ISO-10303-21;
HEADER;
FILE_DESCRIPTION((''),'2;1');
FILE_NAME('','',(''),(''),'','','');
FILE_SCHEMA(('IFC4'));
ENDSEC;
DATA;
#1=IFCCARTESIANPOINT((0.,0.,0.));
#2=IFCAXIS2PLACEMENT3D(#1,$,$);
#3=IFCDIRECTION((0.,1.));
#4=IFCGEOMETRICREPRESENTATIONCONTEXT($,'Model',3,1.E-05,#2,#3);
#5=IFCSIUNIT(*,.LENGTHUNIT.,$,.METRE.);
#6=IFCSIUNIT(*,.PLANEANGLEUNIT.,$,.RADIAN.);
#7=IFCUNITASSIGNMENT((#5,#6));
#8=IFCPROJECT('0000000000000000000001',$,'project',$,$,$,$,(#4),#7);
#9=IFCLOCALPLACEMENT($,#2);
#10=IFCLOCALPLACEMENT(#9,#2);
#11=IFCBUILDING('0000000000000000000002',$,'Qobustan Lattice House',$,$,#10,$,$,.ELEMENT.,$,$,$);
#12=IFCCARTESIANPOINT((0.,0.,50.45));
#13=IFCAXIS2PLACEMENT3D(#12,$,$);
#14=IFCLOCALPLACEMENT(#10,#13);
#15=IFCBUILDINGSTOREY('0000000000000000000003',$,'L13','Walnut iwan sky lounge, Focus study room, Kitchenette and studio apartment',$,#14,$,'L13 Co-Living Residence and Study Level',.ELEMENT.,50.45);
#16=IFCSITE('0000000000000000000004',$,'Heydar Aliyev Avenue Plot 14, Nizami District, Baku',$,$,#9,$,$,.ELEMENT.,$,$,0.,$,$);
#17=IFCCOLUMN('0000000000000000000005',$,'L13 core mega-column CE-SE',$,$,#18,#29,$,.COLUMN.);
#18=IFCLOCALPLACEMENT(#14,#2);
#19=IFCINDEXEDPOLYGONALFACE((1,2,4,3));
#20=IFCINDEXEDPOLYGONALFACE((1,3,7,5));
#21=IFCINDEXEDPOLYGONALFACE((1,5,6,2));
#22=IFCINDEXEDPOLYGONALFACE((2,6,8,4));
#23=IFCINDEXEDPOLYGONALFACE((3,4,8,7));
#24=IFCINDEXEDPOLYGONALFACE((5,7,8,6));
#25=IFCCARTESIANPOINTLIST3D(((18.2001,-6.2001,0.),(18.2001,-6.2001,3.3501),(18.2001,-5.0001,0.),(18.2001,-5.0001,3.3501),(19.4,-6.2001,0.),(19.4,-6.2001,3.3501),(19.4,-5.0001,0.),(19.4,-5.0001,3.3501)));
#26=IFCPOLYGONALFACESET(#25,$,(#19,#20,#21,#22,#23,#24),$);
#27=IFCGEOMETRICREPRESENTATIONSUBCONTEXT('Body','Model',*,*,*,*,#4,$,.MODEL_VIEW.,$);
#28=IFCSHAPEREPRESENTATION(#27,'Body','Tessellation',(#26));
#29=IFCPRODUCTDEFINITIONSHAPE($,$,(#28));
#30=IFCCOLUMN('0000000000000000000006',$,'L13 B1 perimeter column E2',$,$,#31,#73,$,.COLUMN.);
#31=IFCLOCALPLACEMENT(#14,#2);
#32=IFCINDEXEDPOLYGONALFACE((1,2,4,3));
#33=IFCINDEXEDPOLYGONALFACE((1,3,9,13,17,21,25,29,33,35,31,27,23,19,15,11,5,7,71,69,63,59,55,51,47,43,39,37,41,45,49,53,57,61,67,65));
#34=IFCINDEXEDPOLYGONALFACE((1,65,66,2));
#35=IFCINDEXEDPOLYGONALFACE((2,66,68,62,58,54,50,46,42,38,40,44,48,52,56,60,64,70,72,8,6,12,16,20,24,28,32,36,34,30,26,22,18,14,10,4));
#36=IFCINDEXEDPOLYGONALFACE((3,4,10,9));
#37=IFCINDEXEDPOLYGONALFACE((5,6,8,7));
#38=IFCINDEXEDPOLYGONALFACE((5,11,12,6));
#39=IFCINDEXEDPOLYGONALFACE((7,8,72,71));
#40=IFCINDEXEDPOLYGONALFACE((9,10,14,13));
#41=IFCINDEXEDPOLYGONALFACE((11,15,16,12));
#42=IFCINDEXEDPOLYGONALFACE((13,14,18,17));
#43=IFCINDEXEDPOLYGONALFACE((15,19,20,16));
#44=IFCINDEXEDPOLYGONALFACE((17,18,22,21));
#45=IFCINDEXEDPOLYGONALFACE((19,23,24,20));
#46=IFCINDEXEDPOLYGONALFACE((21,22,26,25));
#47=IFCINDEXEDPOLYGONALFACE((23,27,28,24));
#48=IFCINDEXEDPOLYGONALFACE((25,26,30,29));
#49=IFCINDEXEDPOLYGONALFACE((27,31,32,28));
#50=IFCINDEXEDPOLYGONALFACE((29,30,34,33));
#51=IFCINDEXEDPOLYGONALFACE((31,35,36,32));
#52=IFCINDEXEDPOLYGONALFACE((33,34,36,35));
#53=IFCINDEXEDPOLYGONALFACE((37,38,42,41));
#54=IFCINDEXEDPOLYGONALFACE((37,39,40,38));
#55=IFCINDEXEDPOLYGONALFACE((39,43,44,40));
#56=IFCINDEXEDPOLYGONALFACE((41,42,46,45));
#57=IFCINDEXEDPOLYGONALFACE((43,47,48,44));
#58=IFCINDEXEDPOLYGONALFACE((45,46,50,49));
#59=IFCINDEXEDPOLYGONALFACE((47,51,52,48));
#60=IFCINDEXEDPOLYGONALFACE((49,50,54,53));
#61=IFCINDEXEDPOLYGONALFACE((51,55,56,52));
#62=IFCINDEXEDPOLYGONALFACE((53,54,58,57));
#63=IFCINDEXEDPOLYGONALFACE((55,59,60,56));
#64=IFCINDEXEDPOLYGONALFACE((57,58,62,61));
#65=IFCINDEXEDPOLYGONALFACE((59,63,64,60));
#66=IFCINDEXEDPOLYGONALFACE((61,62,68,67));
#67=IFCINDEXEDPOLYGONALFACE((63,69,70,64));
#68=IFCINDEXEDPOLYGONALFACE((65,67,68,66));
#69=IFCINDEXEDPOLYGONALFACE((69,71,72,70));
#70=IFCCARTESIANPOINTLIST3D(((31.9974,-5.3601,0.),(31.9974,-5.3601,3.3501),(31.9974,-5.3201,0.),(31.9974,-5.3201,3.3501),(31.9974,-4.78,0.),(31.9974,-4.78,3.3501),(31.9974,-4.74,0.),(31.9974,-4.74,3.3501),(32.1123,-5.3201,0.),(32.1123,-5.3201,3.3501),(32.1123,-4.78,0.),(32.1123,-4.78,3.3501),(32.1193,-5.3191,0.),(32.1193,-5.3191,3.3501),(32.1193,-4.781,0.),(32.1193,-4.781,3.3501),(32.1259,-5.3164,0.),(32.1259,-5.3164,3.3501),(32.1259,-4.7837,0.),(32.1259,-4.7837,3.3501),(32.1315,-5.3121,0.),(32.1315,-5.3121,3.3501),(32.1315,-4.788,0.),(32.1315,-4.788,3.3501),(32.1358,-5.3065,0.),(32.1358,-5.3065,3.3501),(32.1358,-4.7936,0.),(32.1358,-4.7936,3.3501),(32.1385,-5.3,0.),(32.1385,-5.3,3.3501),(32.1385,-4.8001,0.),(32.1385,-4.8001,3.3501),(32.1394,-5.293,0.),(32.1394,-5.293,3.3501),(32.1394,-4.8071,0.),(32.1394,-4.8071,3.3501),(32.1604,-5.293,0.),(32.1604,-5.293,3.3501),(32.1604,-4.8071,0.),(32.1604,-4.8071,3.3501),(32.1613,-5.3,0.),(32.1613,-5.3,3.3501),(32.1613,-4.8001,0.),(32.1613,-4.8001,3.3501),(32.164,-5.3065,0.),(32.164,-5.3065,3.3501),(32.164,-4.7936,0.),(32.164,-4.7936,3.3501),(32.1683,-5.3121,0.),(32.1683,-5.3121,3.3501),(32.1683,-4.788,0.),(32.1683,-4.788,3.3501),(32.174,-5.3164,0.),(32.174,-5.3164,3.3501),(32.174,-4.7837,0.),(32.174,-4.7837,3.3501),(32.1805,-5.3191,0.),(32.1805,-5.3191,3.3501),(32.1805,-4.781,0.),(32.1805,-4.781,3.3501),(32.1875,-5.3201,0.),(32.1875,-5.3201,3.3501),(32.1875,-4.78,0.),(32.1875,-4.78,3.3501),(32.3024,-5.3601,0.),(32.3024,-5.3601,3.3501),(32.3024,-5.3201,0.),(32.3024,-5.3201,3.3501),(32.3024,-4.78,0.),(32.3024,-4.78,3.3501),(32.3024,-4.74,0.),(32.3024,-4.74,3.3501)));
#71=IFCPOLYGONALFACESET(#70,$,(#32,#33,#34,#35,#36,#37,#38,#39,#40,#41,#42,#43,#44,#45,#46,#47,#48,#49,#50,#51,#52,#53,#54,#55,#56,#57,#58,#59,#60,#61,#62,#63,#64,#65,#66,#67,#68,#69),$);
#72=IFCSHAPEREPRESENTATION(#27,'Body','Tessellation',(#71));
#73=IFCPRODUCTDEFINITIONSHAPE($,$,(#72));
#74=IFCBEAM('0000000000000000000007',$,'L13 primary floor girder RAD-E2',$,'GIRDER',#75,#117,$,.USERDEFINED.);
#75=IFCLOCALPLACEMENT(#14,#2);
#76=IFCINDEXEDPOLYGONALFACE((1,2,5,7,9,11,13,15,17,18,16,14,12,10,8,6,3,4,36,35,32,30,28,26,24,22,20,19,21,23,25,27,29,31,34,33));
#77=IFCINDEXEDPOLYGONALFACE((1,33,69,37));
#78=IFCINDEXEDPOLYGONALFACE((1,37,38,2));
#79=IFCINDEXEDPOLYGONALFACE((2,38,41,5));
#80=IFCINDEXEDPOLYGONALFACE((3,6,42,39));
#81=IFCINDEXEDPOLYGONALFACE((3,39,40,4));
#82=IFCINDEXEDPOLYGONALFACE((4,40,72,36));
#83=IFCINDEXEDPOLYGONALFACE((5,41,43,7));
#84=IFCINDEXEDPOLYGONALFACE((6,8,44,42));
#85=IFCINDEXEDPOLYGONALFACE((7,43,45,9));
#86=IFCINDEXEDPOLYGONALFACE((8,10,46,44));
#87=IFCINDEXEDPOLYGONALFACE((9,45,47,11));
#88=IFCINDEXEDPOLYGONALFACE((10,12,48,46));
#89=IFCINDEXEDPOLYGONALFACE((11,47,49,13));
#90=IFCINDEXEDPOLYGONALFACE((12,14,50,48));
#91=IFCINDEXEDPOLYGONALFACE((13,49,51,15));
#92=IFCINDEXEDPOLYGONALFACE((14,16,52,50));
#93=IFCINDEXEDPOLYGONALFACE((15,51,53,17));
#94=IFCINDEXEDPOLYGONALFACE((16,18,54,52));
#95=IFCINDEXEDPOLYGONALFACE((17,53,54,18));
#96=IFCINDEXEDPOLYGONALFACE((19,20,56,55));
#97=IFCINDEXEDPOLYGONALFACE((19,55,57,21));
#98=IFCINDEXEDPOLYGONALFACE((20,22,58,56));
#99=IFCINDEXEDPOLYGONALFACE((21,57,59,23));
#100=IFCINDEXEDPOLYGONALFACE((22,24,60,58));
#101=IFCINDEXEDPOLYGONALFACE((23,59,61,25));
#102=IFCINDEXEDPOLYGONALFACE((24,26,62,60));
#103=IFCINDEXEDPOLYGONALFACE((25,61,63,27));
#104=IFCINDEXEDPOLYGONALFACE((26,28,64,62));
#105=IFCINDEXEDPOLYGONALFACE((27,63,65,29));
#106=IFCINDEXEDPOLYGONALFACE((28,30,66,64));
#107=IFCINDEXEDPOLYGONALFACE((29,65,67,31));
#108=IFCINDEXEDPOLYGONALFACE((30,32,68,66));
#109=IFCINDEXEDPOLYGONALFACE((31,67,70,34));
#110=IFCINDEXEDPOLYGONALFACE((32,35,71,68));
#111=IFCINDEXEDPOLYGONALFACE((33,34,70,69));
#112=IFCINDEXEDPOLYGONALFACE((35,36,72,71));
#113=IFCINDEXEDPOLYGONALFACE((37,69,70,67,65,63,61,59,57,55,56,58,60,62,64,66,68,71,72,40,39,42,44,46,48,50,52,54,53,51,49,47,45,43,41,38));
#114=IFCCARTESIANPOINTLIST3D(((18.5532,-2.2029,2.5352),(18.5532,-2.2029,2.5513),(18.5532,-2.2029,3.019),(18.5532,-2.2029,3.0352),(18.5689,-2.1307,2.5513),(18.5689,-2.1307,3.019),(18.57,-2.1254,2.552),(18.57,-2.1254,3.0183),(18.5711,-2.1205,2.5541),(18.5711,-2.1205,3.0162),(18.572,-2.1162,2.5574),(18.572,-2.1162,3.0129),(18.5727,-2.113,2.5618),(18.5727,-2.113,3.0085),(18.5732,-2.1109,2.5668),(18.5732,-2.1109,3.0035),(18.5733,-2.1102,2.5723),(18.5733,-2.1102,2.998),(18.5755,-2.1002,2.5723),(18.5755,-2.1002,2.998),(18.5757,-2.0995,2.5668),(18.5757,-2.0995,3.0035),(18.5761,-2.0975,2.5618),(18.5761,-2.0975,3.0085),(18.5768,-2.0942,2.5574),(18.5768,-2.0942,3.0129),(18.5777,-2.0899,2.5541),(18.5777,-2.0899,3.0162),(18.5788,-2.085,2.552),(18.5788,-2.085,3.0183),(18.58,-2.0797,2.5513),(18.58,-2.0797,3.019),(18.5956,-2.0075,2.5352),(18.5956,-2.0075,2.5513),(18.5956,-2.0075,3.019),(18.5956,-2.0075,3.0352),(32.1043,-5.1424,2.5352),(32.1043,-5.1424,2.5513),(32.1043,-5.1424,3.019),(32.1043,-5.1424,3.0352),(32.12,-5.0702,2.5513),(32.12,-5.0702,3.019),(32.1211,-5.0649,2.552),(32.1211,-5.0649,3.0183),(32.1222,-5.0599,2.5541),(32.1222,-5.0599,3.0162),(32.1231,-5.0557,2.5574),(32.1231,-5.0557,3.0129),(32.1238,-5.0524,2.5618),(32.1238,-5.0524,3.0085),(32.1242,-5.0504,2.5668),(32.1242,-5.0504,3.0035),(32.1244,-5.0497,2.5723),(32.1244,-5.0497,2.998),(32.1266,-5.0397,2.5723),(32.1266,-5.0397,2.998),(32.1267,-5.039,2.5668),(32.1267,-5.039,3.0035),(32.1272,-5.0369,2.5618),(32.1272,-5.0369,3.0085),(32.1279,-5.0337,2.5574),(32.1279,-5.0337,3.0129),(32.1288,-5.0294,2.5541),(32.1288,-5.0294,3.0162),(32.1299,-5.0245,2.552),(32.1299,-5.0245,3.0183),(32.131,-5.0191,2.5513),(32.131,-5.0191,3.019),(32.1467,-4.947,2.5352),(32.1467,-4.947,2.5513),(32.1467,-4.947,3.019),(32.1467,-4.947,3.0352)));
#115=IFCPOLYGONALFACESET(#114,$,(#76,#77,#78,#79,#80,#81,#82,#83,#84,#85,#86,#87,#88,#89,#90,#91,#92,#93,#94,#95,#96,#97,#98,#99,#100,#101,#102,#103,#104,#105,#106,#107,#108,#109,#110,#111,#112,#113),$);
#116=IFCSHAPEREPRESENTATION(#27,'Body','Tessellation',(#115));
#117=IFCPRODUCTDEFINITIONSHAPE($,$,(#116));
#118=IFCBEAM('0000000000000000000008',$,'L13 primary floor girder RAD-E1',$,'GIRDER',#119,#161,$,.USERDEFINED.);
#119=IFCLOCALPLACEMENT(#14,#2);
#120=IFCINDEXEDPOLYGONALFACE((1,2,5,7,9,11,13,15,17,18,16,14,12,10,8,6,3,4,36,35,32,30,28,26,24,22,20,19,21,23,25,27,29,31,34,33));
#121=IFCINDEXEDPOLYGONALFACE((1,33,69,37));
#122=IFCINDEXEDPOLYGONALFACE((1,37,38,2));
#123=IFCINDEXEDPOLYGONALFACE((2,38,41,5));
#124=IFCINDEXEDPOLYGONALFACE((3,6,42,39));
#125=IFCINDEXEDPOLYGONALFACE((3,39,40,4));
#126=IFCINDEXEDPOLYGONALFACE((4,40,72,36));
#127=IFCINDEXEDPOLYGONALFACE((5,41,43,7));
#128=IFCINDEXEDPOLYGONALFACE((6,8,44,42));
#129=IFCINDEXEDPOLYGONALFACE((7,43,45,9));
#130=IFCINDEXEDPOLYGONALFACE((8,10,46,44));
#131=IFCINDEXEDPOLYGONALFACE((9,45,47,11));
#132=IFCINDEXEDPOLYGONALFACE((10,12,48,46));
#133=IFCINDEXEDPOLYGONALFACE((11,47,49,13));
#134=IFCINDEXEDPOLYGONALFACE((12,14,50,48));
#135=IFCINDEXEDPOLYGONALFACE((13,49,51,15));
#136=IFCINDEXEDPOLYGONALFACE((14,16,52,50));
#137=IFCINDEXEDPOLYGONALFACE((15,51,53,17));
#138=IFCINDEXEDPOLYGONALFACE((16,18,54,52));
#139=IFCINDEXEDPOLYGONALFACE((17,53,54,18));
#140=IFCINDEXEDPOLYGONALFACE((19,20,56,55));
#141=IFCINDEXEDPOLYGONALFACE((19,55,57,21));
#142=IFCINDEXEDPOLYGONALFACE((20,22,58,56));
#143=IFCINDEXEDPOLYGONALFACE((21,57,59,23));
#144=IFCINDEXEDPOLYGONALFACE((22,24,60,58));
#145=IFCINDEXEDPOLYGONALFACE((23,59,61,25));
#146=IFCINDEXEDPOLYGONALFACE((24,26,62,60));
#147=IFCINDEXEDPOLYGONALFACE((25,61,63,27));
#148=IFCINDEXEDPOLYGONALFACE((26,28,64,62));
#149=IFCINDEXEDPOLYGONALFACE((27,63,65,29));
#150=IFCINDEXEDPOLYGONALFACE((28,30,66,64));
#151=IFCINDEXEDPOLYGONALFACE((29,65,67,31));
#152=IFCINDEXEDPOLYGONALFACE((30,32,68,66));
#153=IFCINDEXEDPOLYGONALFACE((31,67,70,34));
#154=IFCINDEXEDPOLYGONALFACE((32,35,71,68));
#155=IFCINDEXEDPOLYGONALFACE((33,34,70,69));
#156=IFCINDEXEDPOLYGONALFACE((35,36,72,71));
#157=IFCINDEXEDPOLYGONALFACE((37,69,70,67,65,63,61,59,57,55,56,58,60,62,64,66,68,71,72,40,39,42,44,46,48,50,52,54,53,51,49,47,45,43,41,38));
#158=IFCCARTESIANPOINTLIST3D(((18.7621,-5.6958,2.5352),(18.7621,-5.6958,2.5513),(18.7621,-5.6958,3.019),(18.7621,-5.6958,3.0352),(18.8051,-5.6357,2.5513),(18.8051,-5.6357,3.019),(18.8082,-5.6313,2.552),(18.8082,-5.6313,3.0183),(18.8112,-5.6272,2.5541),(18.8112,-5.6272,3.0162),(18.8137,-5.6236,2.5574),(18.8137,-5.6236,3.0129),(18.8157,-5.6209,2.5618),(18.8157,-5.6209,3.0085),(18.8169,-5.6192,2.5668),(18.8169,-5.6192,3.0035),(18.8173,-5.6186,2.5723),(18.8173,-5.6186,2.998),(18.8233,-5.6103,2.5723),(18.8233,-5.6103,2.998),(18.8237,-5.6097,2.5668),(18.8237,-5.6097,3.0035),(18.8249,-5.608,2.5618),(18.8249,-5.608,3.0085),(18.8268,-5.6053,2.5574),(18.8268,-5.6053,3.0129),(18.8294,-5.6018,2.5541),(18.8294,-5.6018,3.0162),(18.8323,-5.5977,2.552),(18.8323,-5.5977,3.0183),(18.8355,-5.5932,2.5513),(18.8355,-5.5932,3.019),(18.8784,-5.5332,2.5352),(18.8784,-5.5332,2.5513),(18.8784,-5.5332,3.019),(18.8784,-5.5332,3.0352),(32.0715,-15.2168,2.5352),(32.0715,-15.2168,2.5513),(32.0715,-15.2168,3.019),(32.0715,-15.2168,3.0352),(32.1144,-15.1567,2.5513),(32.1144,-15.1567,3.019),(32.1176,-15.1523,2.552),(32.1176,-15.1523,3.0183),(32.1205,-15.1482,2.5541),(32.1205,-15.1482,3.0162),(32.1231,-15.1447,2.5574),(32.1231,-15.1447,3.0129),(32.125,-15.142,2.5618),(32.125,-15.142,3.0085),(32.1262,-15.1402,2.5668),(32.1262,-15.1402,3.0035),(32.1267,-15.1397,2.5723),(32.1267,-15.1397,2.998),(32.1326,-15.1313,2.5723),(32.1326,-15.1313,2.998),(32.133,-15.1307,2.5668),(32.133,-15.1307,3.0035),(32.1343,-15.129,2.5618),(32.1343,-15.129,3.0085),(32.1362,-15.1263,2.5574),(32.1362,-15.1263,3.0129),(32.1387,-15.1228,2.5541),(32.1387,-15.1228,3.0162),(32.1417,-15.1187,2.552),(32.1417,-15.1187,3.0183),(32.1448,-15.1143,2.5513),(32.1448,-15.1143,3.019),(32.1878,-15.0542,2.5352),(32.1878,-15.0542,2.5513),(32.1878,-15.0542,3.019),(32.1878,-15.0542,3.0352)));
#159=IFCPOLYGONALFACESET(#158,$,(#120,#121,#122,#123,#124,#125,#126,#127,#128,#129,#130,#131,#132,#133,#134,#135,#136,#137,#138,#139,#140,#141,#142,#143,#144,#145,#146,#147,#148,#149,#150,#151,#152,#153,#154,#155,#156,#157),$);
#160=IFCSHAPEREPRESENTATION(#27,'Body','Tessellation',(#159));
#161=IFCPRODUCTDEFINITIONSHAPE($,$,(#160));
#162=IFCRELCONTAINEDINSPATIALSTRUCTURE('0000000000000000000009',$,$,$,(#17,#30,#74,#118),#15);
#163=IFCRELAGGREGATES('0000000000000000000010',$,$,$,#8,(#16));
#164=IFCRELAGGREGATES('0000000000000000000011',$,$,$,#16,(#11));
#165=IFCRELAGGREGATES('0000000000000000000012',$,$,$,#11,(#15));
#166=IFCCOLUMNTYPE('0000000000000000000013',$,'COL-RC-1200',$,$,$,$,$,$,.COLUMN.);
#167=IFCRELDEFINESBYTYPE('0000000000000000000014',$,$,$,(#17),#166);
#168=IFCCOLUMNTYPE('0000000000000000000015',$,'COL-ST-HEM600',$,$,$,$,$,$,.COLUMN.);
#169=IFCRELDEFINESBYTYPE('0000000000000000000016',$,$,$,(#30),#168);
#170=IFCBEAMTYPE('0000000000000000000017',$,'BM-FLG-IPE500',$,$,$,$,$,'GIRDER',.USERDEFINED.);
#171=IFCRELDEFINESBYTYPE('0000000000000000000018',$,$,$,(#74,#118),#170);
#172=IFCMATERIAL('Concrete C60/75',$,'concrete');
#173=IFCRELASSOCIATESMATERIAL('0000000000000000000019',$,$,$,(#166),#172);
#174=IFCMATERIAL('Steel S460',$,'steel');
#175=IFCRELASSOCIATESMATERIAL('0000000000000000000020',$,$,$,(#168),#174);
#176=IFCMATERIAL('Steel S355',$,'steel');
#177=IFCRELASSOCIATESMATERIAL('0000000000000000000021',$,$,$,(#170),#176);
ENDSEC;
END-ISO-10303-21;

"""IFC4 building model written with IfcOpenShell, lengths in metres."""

from ifc_helpers import new_model, si_unit, direction, frame, origin, origin_2d, place, context, subcontext, project, spatial, rectangle, i_section, extrude, material, material_profile, profile_set, type_object, element, save


model = new_model("IFC4")

# Units and contexts
model_context = context("Model", 3, precision=1e-05, world=origin(), true_north=direction((0.0, 1.0)))
body_context = subcontext(model_context, "Body", "Model", "MODEL_VIEW")
ifc_project = project(units=[si_unit("LENGTHUNIT", "METRE"), si_unit("PLANEANGLEUNIT", "RADIAN")], contexts=[model_context])

# Site, building, storey
site_placement = place(None, origin())
site = spatial("IfcSite", under=ifc_project, at=site_placement, Name="Heydar Aliyev Avenue Plot 14, Nizami District, Baku", CompositionType="ELEMENT", RefElevation=0.0)
building_placement = place(site_placement, origin())
building = spatial("IfcBuilding", under=site, at=building_placement, Name="Qobustan Lattice House", CompositionType="ELEMENT")
storey_placement = place(building_placement, frame((0.0, 0.0, 50.45)))
storey = spatial("IfcBuildingStorey", under=building, at=storey_placement, Name="L13", Description="Walnut iwan sky lounge, Focus study room, Kitchenette and studio apartment", LongName="L13 Co-Living Residence and Study Level", CompositionType="ELEMENT", Elevation=50.45)

# Columns
ifc_material_1 = material(Name="Concrete C60/75", Category="concrete")
ifc_material_profile_1 = material_profile(ifc_material_1, rectangle(XDim=1.2, YDim=1.2, at=origin_2d()), Name="RC1200x1200")
ifc_profile_set_1 = profile_set([ifc_material_profile_1], Name="Concrete C60/75")
column_type_1 = type_object("IfcColumnType", Name="COL-RC-1200", PredefinedType="COLUMN", material=ifc_profile_set_1)
column_1_placement = place(storey_placement, frame((18.8, -5.6001, 0.0), z_axis=(0.0, 0.0, 1.0), x_axis=(1.0, 0.0, 0.0)))
element("IfcColumn", 1, at=column_1_placement, inside=storey, type_object=column_type_1, Name="L13 core mega-column CE-SE", PredefinedType="COLUMN", context=body_context, shape_type="SweptSolid", body=[
    extrude(rectangle(XDim=1.2, YDim=1.2, at=origin_2d()), origin(), (0.0, 0.0, 1.0), 3.3501),
])
ifc_material_2 = material(Name="Steel S460", Category="steel")
ifc_material_profile_2 = material_profile(ifc_material_2, i_section(OverallWidth=0.3049, OverallDepth=0.6201, WebThickness=0.021, FlangeThickness=0.04, FilletRadius=0.0271, at=origin_2d()), Name="HEM600")
ifc_profile_set_2 = profile_set([ifc_material_profile_2], Name="Steel S460")
column_type_2 = type_object("IfcColumnType", Name="COL-ST-HEM600", PredefinedType="COLUMN", material=ifc_profile_set_2)
column_2_placement = place(storey_placement, frame((32.1499, -5.05, 0.0), z_axis=(0.0, 0.0, 1.0), x_axis=(1.0, 0.0, 0.0)))
element("IfcColumn", 2, at=column_2_placement, inside=storey, type_object=column_type_2, Name="L13 B1 perimeter column E2", PredefinedType="COLUMN", context=body_context, shape_type="SweptSolid", body=[
    extrude(i_section(OverallWidth=0.3049, OverallDepth=0.6201, WebThickness=0.021, FlangeThickness=0.04, FilletRadius=0.0271, at=origin_2d()), origin(), (0.0, 0.0, 1.0), 3.3501),
])

# Beams
ifc_material_3 = material(Name="Steel S355", Category="steel")
ifc_material_profile_3 = material_profile(ifc_material_3, i_section(OverallWidth=0.2, OverallDepth=0.5, WebThickness=0.0103, FlangeThickness=0.0161, FilletRadius=0.021, at=origin_2d()), Name="IPE500")
ifc_profile_set_3 = profile_set([ifc_material_profile_3], Name="Steel S355")
beam_type_1 = type_object("IfcBeamType", Name="BM-FLG-IPE500", ElementType="GIRDER", PredefinedType="USERDEFINED", material=ifc_profile_set_3)
beam_1_placement = place(storey_placement, frame((32.1255, -5.0447, 2.7852), z_axis=(-0.977272, 0.211987, 0.0), x_axis=(-0.211987, -0.977272, 0.0)))
element("IfcBeam", 3, at=beam_1_placement, inside=storey, type_object=beam_type_1, Name="L13 primary floor girder RAD-E2", ObjectType="GIRDER", PredefinedType="USERDEFINED", context=body_context, shape_type="SweptSolid", body=[
    extrude(i_section(OverallWidth=0.2, OverallDepth=0.5, WebThickness=0.0103, FlangeThickness=0.0161, FilletRadius=0.021, at=origin_2d()), origin(), (0.0, 0.0, 1.0), 13.8662),
])
beam_2_placement = place(storey_placement, frame((32.1296, -15.1355, 2.7852), z_axis=(-0.813319, 0.581818, 0.0), x_axis=(-0.581818, -0.813319, 0.0)))
element("IfcBeam", 4, at=beam_2_placement, inside=storey, type_object=beam_type_1, Name="L13 primary floor girder RAD-E1", ObjectType="GIRDER", PredefinedType="USERDEFINED", context=body_context, shape_type="SweptSolid", body=[
    extrude(i_section(OverallWidth=0.2, OverallDepth=0.5, WebThickness=0.0103, FlangeThickness=0.0161, FilletRadius=0.021, at=origin_2d()), origin(), (0.0, 0.0, 1.0), 16.3643),
])

save(model, "model.ifc")
